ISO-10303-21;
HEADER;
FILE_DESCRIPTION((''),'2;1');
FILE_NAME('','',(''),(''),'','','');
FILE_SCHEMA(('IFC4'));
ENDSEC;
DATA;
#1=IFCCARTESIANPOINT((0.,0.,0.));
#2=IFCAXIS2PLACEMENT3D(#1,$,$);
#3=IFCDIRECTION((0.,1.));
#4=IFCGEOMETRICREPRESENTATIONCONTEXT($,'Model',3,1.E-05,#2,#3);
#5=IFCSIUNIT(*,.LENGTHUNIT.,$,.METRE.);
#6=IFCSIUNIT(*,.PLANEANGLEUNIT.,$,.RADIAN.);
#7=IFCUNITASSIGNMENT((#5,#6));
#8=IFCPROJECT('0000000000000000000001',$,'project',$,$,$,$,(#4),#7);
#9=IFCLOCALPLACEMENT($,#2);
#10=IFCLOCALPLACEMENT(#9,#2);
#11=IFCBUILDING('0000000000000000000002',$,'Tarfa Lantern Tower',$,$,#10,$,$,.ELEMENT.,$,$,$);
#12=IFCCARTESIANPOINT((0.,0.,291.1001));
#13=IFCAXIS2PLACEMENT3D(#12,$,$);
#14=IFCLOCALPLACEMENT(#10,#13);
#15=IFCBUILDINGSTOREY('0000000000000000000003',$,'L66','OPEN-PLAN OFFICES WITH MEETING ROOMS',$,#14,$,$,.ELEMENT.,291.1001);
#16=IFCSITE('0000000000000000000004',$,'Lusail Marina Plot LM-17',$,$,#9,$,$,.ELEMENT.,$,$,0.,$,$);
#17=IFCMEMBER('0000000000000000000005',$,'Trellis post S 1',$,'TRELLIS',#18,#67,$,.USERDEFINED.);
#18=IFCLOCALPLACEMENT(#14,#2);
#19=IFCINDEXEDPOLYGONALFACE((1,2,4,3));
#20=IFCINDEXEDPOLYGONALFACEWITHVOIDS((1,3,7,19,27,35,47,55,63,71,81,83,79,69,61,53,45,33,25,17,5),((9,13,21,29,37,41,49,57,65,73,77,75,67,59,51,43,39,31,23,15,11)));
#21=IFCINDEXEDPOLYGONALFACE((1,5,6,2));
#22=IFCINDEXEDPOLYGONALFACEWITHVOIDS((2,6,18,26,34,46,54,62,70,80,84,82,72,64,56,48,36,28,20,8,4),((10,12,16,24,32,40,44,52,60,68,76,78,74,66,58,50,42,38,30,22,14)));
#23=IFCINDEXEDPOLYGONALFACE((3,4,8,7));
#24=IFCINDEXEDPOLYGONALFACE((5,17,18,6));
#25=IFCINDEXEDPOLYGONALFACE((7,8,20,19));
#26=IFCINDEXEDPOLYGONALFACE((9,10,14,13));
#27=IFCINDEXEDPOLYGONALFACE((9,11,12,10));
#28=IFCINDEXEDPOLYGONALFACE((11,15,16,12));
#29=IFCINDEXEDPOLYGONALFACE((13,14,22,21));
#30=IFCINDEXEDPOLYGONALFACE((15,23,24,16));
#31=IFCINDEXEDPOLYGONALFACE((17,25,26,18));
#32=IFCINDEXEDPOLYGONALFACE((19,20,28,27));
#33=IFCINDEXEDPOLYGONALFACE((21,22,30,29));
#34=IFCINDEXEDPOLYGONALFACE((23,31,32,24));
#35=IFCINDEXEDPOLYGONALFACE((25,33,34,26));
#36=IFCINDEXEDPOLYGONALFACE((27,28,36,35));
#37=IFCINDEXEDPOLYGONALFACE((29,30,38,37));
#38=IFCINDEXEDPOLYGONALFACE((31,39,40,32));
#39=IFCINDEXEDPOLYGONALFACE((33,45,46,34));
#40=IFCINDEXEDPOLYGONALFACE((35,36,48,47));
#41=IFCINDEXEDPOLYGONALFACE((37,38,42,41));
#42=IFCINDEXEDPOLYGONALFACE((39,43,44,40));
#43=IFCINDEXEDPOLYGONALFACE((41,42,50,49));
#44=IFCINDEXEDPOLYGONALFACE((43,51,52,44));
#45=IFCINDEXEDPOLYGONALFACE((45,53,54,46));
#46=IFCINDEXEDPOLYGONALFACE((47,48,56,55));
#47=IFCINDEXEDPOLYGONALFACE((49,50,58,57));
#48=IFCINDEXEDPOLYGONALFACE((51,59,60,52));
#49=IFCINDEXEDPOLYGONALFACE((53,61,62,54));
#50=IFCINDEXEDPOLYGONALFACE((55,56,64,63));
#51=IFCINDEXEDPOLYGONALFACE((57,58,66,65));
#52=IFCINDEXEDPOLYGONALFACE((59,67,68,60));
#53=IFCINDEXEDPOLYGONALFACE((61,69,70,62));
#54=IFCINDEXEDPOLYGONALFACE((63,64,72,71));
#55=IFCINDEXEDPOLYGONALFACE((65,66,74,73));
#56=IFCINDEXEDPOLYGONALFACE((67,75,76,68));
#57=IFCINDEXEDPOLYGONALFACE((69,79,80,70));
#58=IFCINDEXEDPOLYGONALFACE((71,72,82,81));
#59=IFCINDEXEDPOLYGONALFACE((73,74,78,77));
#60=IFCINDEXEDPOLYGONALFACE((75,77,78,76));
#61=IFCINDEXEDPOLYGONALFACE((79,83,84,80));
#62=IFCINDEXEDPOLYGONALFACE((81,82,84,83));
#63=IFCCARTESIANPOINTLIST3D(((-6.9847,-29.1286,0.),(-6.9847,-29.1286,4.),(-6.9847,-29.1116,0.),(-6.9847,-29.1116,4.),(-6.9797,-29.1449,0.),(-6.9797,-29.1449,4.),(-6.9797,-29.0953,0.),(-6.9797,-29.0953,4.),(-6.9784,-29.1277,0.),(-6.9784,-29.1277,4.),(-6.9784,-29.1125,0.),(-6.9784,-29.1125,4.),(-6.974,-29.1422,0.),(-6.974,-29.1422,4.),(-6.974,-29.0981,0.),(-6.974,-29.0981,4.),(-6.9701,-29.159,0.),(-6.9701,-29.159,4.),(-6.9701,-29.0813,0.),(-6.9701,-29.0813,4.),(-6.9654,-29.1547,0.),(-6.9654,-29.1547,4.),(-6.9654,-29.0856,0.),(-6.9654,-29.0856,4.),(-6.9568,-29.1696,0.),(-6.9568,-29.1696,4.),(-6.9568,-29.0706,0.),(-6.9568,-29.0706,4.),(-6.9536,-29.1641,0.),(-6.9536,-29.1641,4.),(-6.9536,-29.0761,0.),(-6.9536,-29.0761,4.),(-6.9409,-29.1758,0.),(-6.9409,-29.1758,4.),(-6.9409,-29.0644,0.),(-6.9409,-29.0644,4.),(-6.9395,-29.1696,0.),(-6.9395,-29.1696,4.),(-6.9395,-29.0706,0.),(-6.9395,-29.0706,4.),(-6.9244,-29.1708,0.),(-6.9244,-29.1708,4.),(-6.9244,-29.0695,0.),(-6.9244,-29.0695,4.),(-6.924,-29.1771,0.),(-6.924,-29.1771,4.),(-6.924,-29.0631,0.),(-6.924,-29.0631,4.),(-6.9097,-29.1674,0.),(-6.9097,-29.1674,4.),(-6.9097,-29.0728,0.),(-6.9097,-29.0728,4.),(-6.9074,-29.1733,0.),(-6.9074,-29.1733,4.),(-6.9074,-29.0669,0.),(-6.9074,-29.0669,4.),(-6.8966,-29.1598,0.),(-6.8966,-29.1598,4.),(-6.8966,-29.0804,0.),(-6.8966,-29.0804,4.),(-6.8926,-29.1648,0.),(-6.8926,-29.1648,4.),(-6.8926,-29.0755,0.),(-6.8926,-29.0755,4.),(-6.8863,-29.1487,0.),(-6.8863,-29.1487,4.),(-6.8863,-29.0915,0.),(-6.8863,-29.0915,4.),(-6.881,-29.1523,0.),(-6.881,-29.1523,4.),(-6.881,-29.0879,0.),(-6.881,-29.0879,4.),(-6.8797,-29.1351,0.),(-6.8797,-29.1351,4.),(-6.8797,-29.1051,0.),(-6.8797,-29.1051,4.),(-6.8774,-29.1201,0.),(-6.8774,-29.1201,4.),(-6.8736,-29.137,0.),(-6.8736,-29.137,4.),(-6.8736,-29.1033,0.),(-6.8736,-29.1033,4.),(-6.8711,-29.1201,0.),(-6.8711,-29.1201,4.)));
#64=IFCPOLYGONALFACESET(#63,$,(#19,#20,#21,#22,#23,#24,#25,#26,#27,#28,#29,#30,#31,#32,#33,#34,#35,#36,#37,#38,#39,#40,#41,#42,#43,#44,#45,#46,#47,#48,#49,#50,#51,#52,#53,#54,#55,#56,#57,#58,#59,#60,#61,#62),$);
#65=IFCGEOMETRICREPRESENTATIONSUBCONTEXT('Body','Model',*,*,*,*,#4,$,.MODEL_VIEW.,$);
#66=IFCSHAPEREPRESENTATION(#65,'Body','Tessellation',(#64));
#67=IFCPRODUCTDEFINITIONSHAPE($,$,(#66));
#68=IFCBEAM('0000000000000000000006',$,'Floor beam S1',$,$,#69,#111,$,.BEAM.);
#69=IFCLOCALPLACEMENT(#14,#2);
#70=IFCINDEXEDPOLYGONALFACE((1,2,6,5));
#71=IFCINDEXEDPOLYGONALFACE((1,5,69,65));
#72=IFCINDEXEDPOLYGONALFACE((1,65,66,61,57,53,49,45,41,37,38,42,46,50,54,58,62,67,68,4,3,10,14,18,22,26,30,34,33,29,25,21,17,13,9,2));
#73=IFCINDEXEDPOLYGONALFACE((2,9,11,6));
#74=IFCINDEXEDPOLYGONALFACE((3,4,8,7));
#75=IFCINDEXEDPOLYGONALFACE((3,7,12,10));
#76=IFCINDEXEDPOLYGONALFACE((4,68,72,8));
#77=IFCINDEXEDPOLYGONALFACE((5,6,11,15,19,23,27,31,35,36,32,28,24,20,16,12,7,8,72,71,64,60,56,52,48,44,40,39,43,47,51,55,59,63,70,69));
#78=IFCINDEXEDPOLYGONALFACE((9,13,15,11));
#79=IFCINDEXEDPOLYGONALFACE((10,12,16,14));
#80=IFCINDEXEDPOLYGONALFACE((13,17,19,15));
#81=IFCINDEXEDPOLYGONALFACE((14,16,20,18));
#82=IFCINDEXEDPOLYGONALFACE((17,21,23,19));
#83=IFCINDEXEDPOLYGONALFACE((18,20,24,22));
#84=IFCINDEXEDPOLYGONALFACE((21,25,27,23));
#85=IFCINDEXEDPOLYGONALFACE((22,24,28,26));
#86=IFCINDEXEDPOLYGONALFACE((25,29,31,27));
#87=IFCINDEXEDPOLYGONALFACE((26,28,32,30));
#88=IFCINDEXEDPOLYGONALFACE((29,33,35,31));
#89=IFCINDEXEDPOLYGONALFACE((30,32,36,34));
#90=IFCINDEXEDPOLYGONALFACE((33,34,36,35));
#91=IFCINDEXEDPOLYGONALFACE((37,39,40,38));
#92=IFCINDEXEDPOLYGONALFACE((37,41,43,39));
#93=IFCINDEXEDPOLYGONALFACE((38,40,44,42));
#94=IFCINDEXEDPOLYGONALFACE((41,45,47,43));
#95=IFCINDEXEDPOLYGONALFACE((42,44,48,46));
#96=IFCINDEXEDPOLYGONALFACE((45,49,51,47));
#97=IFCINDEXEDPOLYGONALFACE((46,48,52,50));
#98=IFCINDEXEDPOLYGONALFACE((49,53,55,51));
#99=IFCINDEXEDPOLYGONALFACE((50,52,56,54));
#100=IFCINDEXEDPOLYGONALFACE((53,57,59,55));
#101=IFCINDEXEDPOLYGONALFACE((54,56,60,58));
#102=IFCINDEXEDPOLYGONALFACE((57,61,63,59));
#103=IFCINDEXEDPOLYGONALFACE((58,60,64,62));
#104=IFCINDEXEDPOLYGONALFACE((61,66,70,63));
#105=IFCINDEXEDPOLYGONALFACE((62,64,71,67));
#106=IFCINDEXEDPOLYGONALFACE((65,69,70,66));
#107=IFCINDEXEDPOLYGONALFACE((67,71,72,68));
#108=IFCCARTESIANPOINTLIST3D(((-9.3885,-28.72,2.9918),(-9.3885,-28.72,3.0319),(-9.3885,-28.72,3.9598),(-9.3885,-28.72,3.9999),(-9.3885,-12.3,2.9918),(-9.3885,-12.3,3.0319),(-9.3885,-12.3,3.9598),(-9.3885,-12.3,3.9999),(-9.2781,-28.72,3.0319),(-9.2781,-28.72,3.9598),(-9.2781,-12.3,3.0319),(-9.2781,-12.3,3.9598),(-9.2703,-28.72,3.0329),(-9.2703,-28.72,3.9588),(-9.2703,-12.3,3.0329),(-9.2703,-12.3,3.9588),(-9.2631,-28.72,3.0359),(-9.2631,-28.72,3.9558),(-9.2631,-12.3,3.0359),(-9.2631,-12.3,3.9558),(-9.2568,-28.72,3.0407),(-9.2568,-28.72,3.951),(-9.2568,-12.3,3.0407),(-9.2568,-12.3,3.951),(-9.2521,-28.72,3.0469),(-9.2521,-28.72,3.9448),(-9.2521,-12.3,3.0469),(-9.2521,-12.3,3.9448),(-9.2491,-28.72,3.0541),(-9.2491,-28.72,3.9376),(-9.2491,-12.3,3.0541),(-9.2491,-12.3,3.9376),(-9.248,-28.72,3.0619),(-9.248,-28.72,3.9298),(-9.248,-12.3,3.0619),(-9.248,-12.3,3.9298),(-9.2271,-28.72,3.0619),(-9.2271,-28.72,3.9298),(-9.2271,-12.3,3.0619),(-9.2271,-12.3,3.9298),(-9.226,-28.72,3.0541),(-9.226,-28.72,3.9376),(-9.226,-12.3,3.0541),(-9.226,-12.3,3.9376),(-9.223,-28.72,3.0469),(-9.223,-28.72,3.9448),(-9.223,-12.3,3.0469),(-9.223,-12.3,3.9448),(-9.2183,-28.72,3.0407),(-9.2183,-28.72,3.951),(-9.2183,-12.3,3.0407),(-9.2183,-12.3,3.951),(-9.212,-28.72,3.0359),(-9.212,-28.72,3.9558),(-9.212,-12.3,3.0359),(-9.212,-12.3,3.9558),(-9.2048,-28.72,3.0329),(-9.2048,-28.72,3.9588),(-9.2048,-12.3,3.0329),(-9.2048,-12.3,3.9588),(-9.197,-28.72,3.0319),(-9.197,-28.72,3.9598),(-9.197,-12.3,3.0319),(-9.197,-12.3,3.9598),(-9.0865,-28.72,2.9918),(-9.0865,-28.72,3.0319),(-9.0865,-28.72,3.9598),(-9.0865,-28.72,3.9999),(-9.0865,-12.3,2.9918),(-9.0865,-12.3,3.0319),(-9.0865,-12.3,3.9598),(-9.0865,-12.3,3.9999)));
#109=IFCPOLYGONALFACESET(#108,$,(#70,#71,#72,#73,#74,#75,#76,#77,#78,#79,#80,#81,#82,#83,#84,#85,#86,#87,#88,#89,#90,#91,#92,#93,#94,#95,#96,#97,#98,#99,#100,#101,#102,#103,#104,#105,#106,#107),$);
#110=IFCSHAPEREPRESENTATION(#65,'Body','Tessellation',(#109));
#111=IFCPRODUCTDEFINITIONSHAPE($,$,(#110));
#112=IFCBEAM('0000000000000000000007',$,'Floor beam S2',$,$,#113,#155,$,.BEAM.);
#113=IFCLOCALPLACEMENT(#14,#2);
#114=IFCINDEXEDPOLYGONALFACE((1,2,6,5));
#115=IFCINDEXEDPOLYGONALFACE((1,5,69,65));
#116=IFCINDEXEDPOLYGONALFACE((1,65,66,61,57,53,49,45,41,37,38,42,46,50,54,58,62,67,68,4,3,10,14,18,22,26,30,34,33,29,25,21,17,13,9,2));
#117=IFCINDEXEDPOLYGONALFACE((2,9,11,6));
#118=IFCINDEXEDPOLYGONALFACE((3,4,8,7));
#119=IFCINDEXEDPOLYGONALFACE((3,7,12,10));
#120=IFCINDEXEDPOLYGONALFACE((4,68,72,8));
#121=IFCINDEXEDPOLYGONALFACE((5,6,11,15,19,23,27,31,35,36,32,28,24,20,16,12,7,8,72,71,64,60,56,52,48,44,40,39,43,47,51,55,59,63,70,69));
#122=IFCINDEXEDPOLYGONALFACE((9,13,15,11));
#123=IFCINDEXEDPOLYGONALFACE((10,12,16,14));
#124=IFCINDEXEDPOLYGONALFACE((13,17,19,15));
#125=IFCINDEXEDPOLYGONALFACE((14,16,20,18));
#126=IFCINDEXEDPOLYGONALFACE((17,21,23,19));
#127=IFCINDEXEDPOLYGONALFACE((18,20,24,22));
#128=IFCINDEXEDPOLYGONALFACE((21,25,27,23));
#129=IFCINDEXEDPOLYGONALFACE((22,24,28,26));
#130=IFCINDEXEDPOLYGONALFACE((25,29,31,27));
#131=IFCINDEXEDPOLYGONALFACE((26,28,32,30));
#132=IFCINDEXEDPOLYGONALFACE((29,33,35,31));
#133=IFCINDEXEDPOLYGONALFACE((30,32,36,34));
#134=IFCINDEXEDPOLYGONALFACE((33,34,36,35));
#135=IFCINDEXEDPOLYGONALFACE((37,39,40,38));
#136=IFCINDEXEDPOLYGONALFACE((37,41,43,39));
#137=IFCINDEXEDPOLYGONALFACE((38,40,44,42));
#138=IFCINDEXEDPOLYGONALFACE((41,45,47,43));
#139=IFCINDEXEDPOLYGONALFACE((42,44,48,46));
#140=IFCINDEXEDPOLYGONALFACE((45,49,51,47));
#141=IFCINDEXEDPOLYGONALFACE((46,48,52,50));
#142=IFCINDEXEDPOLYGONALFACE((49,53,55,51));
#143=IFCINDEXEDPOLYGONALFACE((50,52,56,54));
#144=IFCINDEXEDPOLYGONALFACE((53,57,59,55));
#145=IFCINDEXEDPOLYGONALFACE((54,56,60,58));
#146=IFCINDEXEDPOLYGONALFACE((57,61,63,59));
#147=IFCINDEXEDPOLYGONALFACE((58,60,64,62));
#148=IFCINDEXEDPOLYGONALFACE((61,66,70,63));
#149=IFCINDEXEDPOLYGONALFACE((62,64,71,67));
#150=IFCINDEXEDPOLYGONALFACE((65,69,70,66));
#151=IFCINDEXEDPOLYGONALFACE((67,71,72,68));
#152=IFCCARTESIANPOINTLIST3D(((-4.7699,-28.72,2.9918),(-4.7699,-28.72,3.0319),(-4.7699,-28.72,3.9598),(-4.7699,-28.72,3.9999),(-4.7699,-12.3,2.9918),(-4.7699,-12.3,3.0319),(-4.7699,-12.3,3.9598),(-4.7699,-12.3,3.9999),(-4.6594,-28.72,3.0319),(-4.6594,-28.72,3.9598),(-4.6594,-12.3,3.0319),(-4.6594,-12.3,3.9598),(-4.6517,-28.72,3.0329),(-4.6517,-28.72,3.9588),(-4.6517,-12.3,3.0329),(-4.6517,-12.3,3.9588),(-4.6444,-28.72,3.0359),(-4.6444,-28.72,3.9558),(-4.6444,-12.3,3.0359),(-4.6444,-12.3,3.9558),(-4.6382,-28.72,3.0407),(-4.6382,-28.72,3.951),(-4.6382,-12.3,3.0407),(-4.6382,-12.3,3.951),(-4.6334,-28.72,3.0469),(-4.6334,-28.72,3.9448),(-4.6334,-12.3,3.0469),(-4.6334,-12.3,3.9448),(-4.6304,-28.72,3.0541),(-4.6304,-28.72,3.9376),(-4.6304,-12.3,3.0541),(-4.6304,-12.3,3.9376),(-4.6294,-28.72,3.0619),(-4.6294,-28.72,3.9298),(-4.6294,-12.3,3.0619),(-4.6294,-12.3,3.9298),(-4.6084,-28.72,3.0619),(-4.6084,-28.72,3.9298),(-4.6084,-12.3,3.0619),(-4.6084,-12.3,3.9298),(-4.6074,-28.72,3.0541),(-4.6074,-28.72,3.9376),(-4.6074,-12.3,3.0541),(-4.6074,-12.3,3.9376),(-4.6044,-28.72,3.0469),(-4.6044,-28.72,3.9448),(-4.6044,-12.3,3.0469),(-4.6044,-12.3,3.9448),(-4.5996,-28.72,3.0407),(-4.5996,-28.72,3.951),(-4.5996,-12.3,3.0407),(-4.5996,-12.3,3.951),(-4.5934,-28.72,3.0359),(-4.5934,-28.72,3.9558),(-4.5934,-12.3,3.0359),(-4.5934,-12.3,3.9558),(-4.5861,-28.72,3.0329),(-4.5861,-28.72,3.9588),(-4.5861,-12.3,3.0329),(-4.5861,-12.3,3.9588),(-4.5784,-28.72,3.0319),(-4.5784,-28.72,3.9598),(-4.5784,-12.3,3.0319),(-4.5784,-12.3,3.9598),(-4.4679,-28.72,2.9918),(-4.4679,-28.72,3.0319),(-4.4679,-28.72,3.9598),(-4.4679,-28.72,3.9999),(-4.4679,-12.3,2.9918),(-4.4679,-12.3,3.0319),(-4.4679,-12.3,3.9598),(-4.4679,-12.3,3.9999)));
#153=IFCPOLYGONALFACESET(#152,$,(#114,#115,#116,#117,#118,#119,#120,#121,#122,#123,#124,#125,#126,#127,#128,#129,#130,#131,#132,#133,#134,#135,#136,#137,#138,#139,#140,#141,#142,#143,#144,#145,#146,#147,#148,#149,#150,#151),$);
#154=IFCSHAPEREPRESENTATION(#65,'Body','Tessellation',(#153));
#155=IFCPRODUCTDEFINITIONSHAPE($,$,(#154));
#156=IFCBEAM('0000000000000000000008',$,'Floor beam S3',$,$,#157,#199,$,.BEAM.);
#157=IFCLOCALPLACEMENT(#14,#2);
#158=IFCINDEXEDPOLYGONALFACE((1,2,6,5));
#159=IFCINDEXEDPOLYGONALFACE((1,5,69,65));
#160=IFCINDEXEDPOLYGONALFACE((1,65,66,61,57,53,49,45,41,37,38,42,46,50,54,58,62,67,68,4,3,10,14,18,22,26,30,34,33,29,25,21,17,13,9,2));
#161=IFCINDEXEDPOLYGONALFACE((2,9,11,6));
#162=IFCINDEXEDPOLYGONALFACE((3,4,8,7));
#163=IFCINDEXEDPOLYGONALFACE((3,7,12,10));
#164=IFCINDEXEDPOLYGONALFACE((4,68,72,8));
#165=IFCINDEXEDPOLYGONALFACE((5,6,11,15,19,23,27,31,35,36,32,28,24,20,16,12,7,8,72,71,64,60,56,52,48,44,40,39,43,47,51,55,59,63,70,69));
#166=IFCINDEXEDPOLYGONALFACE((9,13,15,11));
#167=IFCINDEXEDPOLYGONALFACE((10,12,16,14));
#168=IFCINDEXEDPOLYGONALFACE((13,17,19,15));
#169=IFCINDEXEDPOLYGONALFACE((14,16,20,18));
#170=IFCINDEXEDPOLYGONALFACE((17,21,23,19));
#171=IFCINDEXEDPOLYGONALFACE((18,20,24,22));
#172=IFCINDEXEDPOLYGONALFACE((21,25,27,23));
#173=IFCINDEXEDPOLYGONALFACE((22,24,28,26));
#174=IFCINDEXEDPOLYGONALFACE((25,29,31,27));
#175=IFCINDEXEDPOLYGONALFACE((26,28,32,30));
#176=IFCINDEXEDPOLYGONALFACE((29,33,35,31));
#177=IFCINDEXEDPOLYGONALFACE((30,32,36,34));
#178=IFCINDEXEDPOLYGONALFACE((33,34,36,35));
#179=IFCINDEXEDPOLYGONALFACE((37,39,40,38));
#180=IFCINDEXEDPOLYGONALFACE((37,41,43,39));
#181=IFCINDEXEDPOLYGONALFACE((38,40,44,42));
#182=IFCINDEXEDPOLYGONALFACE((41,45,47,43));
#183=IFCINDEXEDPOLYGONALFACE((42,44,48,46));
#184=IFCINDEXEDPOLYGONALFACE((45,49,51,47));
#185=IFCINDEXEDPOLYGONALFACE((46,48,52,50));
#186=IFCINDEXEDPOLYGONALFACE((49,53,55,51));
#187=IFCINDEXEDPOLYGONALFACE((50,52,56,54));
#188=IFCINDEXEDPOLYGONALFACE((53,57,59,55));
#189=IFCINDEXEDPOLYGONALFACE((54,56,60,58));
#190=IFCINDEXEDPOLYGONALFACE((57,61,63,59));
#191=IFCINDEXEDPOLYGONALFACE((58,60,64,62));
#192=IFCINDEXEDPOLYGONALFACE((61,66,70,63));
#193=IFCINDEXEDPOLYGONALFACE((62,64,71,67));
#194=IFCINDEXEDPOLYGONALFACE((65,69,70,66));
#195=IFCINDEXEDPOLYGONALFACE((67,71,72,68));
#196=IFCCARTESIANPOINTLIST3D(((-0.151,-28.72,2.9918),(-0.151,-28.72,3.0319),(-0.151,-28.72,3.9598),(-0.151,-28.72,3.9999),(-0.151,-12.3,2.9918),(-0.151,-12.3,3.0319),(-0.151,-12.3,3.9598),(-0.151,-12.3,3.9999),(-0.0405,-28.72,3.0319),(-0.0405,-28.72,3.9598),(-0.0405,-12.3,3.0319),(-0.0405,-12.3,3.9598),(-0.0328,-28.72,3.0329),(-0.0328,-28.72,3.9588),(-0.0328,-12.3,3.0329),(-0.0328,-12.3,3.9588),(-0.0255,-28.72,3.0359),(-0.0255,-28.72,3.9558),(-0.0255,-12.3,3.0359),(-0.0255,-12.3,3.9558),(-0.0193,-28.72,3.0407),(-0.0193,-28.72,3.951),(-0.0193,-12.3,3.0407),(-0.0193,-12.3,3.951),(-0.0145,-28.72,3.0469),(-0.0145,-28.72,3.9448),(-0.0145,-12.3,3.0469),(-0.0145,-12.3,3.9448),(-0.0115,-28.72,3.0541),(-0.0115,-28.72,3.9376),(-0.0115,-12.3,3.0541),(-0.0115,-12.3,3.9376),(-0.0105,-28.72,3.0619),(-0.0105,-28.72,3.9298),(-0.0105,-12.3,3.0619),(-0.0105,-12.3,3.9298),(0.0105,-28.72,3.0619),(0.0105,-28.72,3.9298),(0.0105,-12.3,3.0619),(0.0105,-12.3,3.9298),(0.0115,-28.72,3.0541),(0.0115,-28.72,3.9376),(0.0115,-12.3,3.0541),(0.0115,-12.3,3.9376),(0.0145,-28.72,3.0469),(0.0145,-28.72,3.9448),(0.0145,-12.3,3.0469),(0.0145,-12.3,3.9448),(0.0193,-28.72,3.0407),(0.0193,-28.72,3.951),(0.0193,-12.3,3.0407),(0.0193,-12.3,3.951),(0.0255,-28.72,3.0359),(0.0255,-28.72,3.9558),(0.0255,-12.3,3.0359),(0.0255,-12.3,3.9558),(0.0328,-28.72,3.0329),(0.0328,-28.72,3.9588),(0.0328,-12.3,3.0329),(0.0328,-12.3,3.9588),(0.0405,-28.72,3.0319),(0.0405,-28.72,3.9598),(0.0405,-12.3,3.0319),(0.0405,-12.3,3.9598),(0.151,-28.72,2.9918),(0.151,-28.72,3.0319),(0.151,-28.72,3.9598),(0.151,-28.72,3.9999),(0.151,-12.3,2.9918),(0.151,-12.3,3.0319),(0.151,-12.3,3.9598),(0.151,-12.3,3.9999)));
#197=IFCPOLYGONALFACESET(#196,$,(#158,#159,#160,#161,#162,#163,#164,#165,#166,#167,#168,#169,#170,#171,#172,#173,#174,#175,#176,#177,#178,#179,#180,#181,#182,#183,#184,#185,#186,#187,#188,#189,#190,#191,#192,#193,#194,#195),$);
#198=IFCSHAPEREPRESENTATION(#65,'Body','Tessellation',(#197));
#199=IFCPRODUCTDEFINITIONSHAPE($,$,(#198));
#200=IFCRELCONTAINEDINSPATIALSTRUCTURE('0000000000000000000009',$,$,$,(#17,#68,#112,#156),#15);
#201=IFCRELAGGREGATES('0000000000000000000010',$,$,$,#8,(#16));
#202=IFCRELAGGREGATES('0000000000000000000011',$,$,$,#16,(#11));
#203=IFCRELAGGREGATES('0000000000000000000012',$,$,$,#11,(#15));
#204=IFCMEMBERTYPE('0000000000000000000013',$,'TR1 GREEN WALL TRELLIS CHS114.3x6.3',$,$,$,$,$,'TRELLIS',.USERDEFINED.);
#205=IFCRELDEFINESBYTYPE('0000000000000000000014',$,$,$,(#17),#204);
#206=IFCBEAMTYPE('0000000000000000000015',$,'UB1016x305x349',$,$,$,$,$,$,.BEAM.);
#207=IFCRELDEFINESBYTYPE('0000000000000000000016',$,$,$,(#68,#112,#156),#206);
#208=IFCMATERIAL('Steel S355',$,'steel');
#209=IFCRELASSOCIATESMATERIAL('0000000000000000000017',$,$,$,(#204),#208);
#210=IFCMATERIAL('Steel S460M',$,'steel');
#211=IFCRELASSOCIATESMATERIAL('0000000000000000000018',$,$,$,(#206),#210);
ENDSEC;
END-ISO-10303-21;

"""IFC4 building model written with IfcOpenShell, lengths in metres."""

from ifc_helpers import new_model, si_unit, direction, frame, origin, origin_2d, place, context, subcontext, project, spatial, hollow_circle, i_section, extrude, material, material_profile, profile_set, type_object, element, save


model = new_model("IFC4")

# Units and contexts
model_context = context("Model", 3, precision=1e-05, world=origin(), true_north=direction((0.0, 1.0)))
body_context = subcontext(model_context, "Body", "Model", "MODEL_VIEW")
ifc_project = project(units=[si_unit("LENGTHUNIT", "METRE"), si_unit("PLANEANGLEUNIT", "RADIAN")], contexts=[model_context])

# Site, building, storey
site_placement = place(None, origin())
site = spatial("IfcSite", under=ifc_project, at=site_placement, Name="Lusail Marina Plot LM-17", CompositionType="ELEMENT", RefElevation=0.0)
building_placement = place(site_placement, origin())
building = spatial("IfcBuilding", under=site, at=building_placement, Name="Tarfa Lantern Tower", CompositionType="ELEMENT")
storey_placement = place(building_placement, frame((0.0, 0.0, 291.1001)))
storey = spatial("IfcBuildingStorey", under=building, at=storey_placement, Name="L66", Description="OPEN-PLAN OFFICES WITH MEETING ROOMS", CompositionType="ELEMENT", Elevation=291.1001)

# Member
ifc_material_1 = material(Name="Steel S355", Category="steel")
ifc_material_profile_1 = material_profile(ifc_material_1, hollow_circle(Radius=0.0571, WallThickness=0.0063, at=origin_2d()), Name="CHS114.3x6.3")
ifc_profile_set_1 = profile_set([ifc_material_profile_1], Name="Steel S355")
member_type_1 = type_object("IfcMemberType", Name="TR1 GREEN WALL TRELLIS CHS114.3x6.3", ElementType="TRELLIS", PredefinedType="USERDEFINED", material=ifc_profile_set_1)
member_1_placement = place(storey_placement, frame((-6.9282, -29.1201, 0.0), z_axis=(0.0, 0.0, 1.0), x_axis=(1.0, 0.0, 0.0)))
element("IfcMember", 1, at=member_1_placement, inside=storey, type_object=member_type_1, Name="Trellis post S 1", ObjectType="TRELLIS", PredefinedType="USERDEFINED", context=body_context, shape_type="SweptSolid", body=[
    extrude(hollow_circle(Radius=0.0571, WallThickness=0.0063, at=origin_2d()), origin(), (0.0, 0.0, 1.0), 4.0),
])

# Beams
ifc_material_2 = material(Name="Steel S460M", Category="steel")
ifc_material_profile_2 = material_profile(ifc_material_2, i_section(OverallWidth=0.302, OverallDepth=1.0081, WebThickness=0.021, FlangeThickness=0.04, FilletRadius=0.03, at=origin_2d()), Name="UB1016x305x349")
ifc_profile_set_2 = profile_set([ifc_material_profile_2], Name="Steel S460M")
beam_type_1 = type_object("IfcBeamType", Name="UB1016x305x349", PredefinedType="BEAM", material=ifc_profile_set_2)
for number, where, z_axis, x_axis, name in (
    (2, (-9.2375, -28.72, 3.4958), (0.0, 1.0, 0.0), (-1.0, 0.0, 0.0), "Floor beam S1"),
    (3, (-4.6189, -28.72, 3.4958), (0.0, 1.0, 0.0), (-1.0, 0.0, 0.0), "Floor beam S2"),
    (4, (0.0, -28.72, 3.4958), (0.0, 1.0, 0.0), (-1.0, 0.0, 0.0), "Floor beam S3"),
):
    element("IfcBeam", number, at=place(storey_placement, frame(where, z_axis=z_axis, x_axis=x_axis)), inside=storey, type_object=beam_type_1, Name=name, PredefinedType="BEAM", context=body_context, shape_type="SweptSolid", body=[
        extrude(i_section(OverallWidth=0.302, OverallDepth=1.0081, WebThickness=0.021, FlangeThickness=0.04, FilletRadius=0.03, at=origin_2d()), origin(), (0.0, 0.0, 1.0), 16.4199),
    ])

save(model, "model.ifc")
